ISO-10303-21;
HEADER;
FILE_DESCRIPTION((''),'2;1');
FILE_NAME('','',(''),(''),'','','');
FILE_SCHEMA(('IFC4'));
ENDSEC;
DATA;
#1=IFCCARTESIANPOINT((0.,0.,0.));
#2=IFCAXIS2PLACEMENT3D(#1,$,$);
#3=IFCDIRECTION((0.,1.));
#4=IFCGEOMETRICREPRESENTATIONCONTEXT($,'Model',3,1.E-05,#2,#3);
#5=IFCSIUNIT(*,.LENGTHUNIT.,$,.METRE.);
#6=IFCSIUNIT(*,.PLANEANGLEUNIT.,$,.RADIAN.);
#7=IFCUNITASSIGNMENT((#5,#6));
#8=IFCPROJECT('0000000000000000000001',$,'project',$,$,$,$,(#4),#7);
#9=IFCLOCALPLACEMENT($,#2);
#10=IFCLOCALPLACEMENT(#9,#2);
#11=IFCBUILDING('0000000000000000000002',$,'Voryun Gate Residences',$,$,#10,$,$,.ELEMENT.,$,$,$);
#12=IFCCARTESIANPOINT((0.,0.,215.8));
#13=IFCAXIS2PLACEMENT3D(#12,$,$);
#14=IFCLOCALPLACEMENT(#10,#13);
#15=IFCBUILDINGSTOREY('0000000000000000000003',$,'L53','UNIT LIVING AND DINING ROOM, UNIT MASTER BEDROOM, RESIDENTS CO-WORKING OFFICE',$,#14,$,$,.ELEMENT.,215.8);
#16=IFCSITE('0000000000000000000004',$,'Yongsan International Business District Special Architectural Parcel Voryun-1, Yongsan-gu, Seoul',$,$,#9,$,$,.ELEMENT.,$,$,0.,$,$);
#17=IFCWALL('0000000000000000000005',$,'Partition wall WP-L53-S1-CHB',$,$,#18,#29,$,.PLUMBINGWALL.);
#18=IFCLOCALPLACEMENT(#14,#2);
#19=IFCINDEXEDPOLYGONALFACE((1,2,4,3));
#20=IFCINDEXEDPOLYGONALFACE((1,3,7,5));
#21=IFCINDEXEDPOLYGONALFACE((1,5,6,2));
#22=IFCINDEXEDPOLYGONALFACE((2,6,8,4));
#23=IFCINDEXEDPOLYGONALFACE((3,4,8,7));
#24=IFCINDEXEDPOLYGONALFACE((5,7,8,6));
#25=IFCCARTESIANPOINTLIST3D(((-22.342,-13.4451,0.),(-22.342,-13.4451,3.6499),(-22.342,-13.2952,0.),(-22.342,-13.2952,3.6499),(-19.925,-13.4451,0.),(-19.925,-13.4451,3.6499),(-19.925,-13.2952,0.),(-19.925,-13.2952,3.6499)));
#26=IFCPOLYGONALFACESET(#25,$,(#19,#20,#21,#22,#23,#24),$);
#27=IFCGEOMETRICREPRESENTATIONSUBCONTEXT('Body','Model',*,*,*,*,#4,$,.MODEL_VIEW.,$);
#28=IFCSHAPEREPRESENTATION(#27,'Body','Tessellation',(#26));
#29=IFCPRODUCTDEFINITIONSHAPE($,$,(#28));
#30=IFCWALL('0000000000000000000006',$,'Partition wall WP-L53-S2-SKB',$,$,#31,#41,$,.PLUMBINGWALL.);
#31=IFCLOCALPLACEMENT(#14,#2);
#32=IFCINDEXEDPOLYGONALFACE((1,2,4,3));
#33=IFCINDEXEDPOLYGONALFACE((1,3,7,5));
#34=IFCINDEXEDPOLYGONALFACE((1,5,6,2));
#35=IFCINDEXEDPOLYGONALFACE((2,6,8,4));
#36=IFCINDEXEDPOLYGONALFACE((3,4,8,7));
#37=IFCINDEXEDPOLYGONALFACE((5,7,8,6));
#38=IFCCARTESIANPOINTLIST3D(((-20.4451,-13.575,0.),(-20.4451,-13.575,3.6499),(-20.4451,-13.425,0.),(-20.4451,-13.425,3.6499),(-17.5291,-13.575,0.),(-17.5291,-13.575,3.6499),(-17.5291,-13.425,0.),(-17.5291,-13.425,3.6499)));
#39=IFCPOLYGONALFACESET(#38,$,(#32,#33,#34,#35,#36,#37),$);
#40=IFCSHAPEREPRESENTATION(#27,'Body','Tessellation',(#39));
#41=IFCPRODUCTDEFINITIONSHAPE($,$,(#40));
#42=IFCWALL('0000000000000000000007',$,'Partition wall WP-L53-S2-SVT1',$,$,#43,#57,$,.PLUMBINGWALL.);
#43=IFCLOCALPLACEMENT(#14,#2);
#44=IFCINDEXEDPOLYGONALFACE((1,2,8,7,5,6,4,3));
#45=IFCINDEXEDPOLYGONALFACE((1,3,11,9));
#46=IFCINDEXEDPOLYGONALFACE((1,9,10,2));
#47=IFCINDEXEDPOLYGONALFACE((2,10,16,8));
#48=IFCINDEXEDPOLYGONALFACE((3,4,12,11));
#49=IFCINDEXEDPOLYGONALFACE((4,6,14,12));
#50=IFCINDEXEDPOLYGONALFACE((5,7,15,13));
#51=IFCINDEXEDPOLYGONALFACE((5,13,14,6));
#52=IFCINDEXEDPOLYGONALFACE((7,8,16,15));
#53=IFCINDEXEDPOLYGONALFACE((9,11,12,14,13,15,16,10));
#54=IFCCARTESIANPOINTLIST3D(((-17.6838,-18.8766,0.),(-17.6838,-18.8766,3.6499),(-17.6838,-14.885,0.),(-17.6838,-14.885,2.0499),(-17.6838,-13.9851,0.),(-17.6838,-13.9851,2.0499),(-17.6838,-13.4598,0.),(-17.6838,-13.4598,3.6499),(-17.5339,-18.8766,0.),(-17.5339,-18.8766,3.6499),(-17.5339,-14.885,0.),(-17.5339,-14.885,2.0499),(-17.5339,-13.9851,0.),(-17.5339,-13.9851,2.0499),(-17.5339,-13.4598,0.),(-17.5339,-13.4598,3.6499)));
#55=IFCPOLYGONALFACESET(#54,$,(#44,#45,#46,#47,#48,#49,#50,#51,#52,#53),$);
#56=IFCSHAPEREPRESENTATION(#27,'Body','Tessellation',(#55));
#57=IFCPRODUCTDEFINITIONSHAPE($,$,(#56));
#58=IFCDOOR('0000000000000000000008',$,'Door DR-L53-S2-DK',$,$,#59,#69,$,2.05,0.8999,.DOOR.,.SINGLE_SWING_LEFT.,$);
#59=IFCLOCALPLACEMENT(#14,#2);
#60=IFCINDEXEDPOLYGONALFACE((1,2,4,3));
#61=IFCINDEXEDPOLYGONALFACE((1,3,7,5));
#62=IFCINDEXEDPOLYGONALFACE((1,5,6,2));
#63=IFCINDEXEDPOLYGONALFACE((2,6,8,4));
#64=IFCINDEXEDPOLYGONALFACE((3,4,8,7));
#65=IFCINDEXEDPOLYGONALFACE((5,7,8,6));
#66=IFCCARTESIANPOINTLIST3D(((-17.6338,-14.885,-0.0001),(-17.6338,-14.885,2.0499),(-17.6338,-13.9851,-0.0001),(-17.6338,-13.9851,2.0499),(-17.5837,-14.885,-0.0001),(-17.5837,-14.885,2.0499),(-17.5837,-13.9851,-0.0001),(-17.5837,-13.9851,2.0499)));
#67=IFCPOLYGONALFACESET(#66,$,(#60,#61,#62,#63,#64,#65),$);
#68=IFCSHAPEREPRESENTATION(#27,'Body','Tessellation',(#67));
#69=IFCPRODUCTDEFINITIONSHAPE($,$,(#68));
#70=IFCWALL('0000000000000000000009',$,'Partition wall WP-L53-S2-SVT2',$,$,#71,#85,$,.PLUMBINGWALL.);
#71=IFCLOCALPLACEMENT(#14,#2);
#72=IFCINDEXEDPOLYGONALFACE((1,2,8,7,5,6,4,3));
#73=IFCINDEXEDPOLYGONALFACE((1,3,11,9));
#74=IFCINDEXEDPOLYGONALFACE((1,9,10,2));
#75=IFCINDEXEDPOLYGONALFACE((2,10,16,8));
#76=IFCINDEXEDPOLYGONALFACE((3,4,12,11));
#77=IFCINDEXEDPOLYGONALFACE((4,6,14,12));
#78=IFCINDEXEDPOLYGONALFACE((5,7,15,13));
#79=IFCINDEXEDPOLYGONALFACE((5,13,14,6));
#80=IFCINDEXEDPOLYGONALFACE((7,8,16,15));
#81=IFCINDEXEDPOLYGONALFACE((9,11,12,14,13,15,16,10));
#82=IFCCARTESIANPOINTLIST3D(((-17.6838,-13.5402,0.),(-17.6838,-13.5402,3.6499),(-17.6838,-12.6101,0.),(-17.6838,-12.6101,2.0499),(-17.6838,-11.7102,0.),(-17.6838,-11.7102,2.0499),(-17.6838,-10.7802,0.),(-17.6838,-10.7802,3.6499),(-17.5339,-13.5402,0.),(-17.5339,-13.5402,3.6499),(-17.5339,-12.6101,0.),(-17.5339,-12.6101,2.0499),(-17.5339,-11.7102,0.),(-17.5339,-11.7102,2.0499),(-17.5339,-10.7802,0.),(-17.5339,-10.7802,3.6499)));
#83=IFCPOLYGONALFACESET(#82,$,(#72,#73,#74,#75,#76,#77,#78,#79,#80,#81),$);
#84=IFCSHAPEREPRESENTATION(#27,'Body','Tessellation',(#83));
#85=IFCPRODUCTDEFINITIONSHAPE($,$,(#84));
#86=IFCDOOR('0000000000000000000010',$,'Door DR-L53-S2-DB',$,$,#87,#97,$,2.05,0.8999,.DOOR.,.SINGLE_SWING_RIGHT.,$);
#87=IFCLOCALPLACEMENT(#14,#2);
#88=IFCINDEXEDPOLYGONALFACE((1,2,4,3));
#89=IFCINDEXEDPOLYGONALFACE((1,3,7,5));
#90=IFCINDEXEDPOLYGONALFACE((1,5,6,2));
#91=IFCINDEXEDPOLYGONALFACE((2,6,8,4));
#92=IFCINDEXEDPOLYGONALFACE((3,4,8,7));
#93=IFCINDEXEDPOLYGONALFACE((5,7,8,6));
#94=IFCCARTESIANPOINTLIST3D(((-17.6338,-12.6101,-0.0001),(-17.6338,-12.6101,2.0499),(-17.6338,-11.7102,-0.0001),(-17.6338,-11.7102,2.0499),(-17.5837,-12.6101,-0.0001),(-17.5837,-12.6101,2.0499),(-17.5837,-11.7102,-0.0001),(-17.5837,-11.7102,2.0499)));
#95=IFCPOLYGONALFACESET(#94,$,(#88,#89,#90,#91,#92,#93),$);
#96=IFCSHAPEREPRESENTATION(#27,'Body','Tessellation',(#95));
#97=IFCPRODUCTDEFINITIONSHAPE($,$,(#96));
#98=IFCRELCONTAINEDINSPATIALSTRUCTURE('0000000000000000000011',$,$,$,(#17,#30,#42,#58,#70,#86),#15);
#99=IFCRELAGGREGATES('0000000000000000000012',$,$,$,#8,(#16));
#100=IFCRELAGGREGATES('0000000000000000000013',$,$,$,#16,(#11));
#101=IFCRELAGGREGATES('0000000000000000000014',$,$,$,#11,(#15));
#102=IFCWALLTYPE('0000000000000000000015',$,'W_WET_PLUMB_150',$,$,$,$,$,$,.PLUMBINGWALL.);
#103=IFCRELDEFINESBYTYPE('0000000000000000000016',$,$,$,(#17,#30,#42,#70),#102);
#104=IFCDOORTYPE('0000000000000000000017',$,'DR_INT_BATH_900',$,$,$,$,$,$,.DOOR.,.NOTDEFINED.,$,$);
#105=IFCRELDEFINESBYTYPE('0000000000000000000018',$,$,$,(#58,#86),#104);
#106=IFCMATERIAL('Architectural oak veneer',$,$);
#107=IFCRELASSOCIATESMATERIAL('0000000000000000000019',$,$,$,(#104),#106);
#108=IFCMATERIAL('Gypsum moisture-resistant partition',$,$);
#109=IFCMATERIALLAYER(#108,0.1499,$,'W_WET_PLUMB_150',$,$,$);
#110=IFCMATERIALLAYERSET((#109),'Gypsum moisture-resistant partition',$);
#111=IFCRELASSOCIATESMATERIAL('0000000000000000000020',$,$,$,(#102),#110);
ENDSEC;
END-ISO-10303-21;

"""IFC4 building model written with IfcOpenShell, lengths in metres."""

from ifc_helpers import new_model, si_unit, direction, frame, frame_2d, origin, place, context, subcontext, project, spatial, rectangle, extrude, material, layer, layer_set, type_object, element, fill, save


model = new_model("IFC4")

# Units and contexts
model_context = context("Model", 3, precision=1e-05, world=origin(), true_north=direction((0.0, 1.0)))
body_context = subcontext(model_context, "Body", "Model", "MODEL_VIEW")
ifc_project = project(units=[si_unit("LENGTHUNIT", "METRE"), si_unit("PLANEANGLEUNIT", "RADIAN")], contexts=[model_context])

# Site, building, storey
site_placement = place(None, origin())
site = spatial("IfcSite", under=ifc_project, at=site_placement, Name="Yongsan International Business District Special Architectural Parcel Voryun-1, Yongsan-gu, Seoul", CompositionType="ELEMENT", RefElevation=0.0)
building_placement = place(site_placement, origin())
building = spatial("IfcBuilding", under=site, at=building_placement, Name="Voryun Gate Residences", CompositionType="ELEMENT")
storey_placement = place(building_placement, frame((0.0, 0.0, 215.8)))
storey = spatial("IfcBuildingStorey", under=building, at=storey_placement, Name="L53", Description="UNIT LIVING AND DINING ROOM, UNIT MASTER BEDROOM, RESIDENTS CO-WORKING OFFICE", CompositionType="ELEMENT", Elevation=215.8)

# Shared definitions
ifc_material_1 = material(Name="Architectural oak veneer")
door_type_1 = type_object("IfcDoorType", Name="DR_INT_BATH_900", OperationType="NOTDEFINED", PredefinedType="DOOR", material=ifc_material_1)

# Shared definitions
ifc_material_2 = material(Name="Gypsum moisture-resistant partition")
ifc_layer_1 = layer(ifc_material_2, 0.1499, Name="W_WET_PLUMB_150")
ifc_layer_set_1 = layer_set([ifc_layer_1], Name="Gypsum moisture-resistant partition")
wall_type_1 = type_object("IfcWallType", Name="W_WET_PLUMB_150", PredefinedType="PLUMBINGWALL", material=ifc_layer_set_1)

# Walls
wall_1_placement = place(storey_placement, frame((-22.342, -13.3701, 0.0), z_axis=(0.0, 0.0, 1.0), x_axis=(1.0, 0.0, 0.0)))
element("IfcWall", 1, at=wall_1_placement, inside=storey, type_object=wall_type_1, Name="Partition wall WP-L53-S1-CHB", PredefinedType="PLUMBINGWALL", context=body_context, shape_type="SweptSolid", body=[
    extrude(rectangle(XDim=2.417, YDim=0.1499, at=frame_2d((1.2085, 0.0))), origin(), (0.0, 0.0, 1.0), 3.6499),
])
wall_2_placement = place(storey_placement, frame((-20.4451, -13.5, 0.0), z_axis=(0.0, 0.0, 1.0), x_axis=(1.0, 0.0, 0.0)))
element("IfcWall", 2, at=wall_2_placement, inside=storey, type_object=wall_type_1, Name="Partition wall WP-L53-S2-SKB", PredefinedType="PLUMBINGWALL", context=body_context, shape_type="SweptSolid", body=[
    extrude(rectangle(XDim=2.916, YDim=0.1499, at=frame_2d((1.458, 0.0))), origin(), (0.0, 0.0, 1.0), 3.6499),
])

# Walls, openings, doors
wall_3_placement = place(storey_placement, frame((-17.6089, -18.8767, 0.0), z_axis=(0.0, 0.0, 1.0), x_axis=(0.0, 1.0, 0.0)))
wall_3 = element("IfcWall", 3, at=wall_3_placement, inside=storey, type_object=wall_type_1, Name="Partition wall WP-L53-S2-SVT1", PredefinedType="PLUMBINGWALL", context=body_context, shape_type="SweptSolid", body=[
    extrude(rectangle(XDim=5.4167, YDim=0.1499, at=frame_2d((2.7085, 0.0))), origin(), (0.0, 0.0, 1.0), 3.6499),
])
opening_1_placement = place(wall_3_placement, frame((3.9917, 0.0, 0.0)))
opening_1 = element("IfcOpeningElement", 4, at=opening_1_placement, cuts=wall_3, PredefinedType="OPENING", context=body_context, shape_type="SweptSolid", body=[
    extrude(rectangle(XDim=0.8999, YDim=2.05, at=frame_2d((0.45, 1.0249))), frame((0.0, 0.085, 0.0), z_axis=(0.0, -1.0, 0.0), x_axis=(1.0, 0.0, 0.0)), (0.0, 0.0, 1.0), 0.1699),
])
door_1_placement = place(opening_1_placement, origin())
door_1 = element("IfcDoor", 5, at=door_1_placement, inside=storey, type_object=door_type_1, Name="Door DR-L53-S2-DK", OperationType="SINGLE_SWING_LEFT", OverallHeight=2.05, OverallWidth=0.8999, PredefinedType="DOOR", context=body_context, shape_type="SweptSolid", body=[
    extrude(rectangle(XDim=0.8999, YDim=2.05, at=frame_2d((0.45, 1.0249))), frame((0.0, 0.0249, 0.0), z_axis=(0.0, -1.0, 0.0), x_axis=(1.0, 0.0, 0.0)), (0.0, 0.0, 1.0), 0.05),
])
fill(opening_1, door_1)
wall_4_placement = place(storey_placement, frame((-17.6089, -13.54, 0.0), z_axis=(0.0, 0.0, 1.0), x_axis=(0.0, 1.0, 0.0)))
wall_4 = element("IfcWall", 6, at=wall_4_placement, inside=storey, type_object=wall_type_1, Name="Partition wall WP-L53-S2-SVT2", PredefinedType="PLUMBINGWALL", context=body_context, shape_type="SweptSolid", body=[
    extrude(rectangle(XDim=2.76, YDim=0.1499, at=frame_2d((1.3799, 0.0))), origin(), (0.0, 0.0, 1.0), 3.6499),
])
opening_2_placement = place(wall_4_placement, frame((0.9299, 0.0, 0.0)))
opening_2 = element("IfcOpeningElement", 7, at=opening_2_placement, cuts=wall_4, PredefinedType="OPENING", context=body_context, shape_type="SweptSolid", body=[
    extrude(rectangle(XDim=0.8999, YDim=2.05, at=frame_2d((0.45, 1.0249))), frame((0.0, 0.085, 0.0), z_axis=(0.0, -1.0, 0.0), x_axis=(1.0, 0.0, 0.0)), (0.0, 0.0, 1.0), 0.1699),
])
door_2_placement = place(opening_2_placement, origin())
door_2 = element("IfcDoor", 8, at=door_2_placement, inside=storey, type_object=door_type_1, Name="Door DR-L53-S2-DB", OperationType="SINGLE_SWING_RIGHT", OverallHeight=2.05, OverallWidth=0.8999, PredefinedType="DOOR", context=body_context, shape_type="SweptSolid", body=[
    extrude(rectangle(XDim=0.8999, YDim=2.05, at=frame_2d((0.45, 1.0249))), frame((0.0, 0.0249, 0.0), z_axis=(0.0, -1.0, 0.0), x_axis=(1.0, 0.0, 0.0)), (0.0, 0.0, 1.0), 0.05),
])
fill(opening_2, door_2)

save(model, "model.ifc")
